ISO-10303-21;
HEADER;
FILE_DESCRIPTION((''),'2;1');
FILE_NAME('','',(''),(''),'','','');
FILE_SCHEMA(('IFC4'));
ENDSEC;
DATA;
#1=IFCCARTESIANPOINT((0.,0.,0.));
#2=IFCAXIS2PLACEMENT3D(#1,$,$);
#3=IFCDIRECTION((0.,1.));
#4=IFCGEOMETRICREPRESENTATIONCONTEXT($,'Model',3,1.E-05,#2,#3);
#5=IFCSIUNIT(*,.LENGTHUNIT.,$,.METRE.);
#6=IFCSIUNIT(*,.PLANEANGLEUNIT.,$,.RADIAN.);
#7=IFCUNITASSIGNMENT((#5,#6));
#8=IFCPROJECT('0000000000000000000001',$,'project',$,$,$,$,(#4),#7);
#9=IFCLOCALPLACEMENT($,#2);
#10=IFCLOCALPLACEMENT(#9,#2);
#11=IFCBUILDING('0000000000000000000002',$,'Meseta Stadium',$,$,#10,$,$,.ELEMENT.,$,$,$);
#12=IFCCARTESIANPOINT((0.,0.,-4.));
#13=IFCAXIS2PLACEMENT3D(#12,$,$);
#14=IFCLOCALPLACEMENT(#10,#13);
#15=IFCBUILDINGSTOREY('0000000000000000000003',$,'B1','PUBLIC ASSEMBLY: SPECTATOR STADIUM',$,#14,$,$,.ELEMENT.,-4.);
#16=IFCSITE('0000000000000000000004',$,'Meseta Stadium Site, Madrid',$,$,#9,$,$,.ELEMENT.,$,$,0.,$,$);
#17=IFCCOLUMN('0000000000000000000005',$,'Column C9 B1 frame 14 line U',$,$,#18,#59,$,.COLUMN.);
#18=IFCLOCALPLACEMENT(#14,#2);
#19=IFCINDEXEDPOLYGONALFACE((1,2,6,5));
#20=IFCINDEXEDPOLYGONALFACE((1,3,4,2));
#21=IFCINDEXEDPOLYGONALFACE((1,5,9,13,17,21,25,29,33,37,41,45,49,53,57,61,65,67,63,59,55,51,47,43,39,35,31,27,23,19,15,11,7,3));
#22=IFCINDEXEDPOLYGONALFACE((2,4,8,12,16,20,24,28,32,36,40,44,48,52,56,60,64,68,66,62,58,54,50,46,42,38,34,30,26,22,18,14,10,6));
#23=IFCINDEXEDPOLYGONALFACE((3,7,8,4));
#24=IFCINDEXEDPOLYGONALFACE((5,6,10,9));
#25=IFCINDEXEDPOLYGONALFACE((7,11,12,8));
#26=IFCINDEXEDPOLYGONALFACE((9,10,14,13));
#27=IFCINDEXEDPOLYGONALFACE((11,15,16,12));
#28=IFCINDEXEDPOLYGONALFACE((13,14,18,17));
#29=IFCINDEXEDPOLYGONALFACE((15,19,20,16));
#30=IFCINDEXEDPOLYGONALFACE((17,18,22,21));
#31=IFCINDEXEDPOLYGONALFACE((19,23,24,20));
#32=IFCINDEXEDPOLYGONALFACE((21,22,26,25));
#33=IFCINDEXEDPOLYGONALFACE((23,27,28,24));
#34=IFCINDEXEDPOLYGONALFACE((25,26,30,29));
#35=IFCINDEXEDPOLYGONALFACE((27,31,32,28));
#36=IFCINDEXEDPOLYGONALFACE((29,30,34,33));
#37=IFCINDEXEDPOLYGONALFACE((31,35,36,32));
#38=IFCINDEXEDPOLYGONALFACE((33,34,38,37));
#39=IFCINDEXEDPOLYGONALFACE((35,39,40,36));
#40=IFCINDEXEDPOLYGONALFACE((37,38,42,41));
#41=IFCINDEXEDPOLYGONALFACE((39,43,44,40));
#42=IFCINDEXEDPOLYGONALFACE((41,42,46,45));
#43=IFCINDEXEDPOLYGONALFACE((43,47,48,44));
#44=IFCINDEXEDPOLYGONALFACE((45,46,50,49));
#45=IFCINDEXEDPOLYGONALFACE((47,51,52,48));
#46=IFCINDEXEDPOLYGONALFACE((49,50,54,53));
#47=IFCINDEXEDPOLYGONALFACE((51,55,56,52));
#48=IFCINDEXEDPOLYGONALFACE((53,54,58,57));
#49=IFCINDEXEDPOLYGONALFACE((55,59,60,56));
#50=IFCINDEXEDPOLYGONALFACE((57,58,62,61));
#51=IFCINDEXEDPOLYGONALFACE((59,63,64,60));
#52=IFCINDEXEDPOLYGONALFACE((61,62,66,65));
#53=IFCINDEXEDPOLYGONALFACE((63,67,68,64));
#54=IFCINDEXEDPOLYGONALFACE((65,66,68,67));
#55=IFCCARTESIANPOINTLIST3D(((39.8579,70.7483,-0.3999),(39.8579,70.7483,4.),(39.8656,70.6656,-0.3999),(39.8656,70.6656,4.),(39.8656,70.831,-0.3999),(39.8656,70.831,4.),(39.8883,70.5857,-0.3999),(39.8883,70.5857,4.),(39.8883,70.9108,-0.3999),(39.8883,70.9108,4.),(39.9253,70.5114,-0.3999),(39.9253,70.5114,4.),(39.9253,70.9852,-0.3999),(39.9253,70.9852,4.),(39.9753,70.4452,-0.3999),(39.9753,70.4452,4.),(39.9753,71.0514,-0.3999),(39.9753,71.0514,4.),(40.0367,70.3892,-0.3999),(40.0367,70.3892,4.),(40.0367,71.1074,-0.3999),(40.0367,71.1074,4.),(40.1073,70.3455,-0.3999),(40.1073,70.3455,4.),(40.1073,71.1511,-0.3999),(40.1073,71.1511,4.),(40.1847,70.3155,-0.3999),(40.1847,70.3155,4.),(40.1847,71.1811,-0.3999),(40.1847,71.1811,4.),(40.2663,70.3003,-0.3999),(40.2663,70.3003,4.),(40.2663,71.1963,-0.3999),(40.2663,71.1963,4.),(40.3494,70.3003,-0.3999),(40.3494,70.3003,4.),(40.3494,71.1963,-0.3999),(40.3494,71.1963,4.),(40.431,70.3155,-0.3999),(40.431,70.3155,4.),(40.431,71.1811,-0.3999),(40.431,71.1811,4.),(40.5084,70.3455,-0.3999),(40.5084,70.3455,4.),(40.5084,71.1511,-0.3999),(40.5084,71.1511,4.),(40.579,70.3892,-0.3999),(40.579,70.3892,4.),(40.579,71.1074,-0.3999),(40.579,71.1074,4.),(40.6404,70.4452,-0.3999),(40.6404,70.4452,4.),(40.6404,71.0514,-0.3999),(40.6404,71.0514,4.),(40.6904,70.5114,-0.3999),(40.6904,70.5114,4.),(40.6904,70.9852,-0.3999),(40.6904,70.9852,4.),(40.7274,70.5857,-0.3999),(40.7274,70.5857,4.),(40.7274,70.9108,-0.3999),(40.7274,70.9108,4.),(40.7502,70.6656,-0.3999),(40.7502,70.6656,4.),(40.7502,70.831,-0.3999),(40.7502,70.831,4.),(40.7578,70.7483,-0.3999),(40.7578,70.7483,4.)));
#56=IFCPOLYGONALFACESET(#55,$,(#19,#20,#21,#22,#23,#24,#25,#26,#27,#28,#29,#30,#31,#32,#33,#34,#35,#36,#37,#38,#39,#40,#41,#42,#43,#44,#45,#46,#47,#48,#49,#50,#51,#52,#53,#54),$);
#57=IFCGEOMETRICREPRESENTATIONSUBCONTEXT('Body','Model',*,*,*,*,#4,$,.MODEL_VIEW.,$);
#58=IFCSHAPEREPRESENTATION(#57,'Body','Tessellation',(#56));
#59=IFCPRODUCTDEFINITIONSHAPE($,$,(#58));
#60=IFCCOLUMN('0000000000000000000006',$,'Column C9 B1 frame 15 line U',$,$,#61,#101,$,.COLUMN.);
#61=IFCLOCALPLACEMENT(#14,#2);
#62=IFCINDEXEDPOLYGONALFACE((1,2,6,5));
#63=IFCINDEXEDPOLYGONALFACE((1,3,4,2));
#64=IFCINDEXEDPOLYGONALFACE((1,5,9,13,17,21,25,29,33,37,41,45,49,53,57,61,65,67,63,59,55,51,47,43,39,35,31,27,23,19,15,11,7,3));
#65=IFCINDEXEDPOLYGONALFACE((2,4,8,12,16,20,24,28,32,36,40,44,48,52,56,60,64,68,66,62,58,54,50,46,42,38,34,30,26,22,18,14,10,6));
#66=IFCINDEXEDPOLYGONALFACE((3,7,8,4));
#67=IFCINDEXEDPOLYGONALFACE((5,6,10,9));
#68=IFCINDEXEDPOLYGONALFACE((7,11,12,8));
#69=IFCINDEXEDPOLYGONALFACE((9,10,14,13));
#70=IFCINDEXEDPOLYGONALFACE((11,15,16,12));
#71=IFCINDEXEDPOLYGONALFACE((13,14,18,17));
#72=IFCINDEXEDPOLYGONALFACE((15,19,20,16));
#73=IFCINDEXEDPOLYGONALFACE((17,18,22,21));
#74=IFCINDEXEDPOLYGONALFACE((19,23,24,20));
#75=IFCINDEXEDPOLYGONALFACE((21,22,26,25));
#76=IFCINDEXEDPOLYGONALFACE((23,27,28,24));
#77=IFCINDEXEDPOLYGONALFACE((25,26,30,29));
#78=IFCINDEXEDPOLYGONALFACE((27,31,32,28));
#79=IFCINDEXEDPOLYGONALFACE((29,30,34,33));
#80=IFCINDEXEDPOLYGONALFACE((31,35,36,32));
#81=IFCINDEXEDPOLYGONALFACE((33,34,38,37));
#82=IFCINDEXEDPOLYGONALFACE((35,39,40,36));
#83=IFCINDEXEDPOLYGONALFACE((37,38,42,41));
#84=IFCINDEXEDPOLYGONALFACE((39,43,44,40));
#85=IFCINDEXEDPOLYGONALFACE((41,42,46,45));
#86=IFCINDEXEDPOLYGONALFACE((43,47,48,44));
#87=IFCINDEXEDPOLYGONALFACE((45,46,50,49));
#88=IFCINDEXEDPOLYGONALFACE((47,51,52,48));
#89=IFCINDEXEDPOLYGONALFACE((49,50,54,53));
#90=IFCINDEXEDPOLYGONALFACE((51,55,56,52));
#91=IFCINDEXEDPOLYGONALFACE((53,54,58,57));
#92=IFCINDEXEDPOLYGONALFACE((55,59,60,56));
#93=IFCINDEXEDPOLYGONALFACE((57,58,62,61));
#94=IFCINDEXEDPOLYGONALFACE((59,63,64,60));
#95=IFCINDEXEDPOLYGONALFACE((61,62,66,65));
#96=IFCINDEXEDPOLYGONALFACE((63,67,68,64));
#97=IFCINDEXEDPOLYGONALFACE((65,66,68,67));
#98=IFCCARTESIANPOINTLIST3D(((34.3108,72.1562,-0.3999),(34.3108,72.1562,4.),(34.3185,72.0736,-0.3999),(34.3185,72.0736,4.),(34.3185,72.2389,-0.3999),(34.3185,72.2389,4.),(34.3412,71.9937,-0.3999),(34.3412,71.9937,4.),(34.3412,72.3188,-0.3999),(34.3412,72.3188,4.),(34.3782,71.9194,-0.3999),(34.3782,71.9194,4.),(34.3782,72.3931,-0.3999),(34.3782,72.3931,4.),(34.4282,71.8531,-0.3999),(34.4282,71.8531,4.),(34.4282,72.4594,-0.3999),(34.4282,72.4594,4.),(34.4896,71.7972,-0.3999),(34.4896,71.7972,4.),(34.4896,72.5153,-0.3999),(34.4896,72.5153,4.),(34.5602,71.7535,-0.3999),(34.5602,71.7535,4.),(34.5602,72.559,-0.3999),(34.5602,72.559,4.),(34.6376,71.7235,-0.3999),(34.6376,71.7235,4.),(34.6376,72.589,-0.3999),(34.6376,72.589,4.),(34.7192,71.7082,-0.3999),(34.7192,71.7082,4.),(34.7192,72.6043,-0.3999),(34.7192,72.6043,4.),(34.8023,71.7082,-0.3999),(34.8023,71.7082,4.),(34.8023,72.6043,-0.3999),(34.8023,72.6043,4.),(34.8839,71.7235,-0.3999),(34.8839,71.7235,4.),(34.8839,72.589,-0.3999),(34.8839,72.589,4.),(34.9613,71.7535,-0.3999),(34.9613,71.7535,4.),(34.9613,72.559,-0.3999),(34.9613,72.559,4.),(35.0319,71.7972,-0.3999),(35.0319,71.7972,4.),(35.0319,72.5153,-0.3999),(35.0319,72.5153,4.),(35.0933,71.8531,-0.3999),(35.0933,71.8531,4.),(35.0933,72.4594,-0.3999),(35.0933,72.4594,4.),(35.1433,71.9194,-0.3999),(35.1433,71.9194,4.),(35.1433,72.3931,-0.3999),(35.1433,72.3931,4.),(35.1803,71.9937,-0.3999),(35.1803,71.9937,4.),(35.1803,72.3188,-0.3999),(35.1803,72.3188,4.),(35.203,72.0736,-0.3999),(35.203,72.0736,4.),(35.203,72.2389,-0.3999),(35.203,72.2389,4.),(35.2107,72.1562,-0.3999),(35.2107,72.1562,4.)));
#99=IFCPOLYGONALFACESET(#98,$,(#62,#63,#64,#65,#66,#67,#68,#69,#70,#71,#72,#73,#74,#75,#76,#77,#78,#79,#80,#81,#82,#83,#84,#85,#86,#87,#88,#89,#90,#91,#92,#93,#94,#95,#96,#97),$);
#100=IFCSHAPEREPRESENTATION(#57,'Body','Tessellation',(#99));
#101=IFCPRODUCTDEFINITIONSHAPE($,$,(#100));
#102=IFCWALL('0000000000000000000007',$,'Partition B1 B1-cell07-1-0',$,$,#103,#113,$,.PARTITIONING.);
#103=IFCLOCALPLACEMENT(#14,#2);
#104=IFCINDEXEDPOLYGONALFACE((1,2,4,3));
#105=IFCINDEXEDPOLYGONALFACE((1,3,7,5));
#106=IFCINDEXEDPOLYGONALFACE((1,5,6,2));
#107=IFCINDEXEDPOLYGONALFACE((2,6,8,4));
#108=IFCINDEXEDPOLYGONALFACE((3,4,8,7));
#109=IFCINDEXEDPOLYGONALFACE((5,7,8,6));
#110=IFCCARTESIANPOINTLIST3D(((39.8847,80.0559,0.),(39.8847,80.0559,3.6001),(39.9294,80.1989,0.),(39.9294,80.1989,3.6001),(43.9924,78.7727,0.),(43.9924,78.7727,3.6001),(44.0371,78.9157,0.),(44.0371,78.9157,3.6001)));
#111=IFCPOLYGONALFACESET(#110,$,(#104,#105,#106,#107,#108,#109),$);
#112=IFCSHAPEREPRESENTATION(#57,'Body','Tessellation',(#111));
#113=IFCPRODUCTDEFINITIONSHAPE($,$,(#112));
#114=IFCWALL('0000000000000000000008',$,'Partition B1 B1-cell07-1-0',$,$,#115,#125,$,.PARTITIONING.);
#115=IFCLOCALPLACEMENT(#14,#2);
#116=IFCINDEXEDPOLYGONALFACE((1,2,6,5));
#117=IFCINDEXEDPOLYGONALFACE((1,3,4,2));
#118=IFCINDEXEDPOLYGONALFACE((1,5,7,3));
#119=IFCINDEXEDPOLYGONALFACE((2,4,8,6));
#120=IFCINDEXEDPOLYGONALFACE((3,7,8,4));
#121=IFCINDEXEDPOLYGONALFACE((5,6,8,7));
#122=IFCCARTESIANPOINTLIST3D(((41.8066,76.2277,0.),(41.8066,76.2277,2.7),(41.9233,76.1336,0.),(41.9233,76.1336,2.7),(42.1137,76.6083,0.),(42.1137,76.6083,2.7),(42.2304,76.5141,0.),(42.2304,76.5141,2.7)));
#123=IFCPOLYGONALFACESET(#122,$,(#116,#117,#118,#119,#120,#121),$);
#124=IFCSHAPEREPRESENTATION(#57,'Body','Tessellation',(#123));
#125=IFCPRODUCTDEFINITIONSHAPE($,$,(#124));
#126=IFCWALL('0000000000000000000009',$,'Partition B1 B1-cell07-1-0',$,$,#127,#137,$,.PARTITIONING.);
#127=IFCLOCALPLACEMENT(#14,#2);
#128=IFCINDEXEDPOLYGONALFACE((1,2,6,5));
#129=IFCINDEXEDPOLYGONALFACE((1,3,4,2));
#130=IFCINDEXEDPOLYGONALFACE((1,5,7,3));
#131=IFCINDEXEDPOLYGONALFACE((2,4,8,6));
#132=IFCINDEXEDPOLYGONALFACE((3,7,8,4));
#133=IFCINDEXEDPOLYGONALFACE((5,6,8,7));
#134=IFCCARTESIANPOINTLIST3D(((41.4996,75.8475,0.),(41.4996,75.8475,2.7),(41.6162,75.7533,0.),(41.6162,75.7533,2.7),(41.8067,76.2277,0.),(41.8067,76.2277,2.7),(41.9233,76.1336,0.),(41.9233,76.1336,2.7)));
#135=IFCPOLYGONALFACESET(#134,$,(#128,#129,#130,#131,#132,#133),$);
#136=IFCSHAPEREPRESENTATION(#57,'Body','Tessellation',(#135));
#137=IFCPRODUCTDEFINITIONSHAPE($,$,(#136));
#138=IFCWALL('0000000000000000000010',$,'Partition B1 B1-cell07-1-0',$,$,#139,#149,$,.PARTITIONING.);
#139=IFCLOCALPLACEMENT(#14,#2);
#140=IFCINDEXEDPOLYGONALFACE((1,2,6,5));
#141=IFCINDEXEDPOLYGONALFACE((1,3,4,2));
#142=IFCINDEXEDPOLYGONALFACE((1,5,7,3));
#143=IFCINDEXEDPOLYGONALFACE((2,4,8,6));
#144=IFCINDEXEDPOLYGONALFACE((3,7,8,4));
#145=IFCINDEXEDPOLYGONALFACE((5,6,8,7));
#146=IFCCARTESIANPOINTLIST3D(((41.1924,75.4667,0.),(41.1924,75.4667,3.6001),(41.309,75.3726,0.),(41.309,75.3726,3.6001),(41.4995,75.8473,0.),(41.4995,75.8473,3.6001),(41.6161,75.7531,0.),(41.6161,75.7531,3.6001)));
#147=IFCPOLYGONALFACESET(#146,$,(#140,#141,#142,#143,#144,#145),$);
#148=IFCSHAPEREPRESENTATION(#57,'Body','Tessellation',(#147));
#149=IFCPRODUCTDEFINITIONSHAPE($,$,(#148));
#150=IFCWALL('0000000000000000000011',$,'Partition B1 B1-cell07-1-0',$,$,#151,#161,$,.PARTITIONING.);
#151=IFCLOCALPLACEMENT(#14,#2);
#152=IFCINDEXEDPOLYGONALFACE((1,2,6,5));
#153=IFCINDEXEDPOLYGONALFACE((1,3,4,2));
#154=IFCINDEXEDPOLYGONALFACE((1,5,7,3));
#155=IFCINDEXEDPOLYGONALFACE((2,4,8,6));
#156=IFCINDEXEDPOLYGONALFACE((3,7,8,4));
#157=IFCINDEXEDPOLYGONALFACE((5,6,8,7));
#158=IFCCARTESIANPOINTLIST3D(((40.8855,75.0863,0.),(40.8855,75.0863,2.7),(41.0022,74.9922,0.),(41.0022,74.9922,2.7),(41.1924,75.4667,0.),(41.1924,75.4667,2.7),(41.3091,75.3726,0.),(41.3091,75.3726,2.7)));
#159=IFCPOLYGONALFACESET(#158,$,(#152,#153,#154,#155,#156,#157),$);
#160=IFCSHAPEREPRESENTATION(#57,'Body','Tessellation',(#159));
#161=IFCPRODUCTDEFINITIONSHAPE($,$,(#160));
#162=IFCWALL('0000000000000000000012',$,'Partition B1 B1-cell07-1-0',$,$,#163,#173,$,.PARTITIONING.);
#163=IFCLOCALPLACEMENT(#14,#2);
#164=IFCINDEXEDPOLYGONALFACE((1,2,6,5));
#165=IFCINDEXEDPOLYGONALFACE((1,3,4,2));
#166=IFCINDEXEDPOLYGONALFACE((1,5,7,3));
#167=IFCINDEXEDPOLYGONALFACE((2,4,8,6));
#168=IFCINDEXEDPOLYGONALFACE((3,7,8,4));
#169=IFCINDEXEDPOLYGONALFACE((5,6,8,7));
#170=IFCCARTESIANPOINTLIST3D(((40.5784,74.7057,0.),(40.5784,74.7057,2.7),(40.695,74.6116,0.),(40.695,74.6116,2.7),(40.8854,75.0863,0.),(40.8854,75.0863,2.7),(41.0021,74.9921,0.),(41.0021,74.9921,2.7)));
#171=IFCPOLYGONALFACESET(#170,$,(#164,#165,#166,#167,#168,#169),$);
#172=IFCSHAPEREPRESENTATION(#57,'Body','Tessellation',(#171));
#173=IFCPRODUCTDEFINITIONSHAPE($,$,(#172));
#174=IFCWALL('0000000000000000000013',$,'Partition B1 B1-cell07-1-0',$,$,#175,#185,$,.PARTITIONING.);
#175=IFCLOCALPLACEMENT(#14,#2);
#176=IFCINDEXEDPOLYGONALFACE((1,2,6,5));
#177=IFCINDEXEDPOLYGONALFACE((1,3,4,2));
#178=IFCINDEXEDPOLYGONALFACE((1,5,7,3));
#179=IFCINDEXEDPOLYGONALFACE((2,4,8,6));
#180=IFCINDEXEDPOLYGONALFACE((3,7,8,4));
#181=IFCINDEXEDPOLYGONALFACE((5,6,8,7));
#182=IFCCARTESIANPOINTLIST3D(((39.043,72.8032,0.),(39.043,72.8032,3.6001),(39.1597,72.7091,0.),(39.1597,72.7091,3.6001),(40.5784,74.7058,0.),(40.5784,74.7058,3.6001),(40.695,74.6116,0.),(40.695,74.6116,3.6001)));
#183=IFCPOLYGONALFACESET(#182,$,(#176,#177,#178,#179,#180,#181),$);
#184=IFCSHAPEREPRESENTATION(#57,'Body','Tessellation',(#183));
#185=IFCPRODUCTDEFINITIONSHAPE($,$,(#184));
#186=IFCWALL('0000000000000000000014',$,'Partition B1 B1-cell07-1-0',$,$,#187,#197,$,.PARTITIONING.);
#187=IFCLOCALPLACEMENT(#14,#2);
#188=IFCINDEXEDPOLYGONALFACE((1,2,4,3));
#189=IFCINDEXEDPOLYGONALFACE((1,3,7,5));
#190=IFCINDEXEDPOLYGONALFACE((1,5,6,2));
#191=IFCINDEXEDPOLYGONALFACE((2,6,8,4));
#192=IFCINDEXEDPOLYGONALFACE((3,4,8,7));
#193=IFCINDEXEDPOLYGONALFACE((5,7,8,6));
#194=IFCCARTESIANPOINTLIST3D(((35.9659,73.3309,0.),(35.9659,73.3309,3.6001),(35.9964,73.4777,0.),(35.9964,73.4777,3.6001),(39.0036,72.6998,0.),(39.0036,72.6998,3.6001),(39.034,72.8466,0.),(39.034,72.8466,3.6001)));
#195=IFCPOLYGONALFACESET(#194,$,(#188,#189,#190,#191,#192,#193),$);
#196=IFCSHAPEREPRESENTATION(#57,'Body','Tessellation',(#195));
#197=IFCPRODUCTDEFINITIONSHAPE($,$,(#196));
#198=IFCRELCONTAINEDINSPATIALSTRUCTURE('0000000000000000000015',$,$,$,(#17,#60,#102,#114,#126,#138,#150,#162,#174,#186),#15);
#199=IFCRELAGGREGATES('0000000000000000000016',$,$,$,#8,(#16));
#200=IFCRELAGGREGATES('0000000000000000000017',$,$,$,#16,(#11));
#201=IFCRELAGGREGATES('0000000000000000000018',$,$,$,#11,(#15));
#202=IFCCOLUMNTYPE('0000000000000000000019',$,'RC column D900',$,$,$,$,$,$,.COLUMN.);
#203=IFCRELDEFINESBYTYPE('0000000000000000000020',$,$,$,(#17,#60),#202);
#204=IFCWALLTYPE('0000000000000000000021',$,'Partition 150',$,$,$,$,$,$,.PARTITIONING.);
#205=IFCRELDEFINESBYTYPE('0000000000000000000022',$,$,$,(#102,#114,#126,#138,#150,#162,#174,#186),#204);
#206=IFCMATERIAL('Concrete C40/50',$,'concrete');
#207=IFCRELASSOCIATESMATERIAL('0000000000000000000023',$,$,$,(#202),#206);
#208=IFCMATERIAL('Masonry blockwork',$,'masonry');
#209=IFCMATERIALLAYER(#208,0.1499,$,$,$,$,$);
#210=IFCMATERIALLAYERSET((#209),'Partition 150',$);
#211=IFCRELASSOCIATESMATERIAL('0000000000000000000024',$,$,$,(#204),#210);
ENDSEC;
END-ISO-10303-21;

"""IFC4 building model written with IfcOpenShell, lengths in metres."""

from ifc_helpers import new_model, si_unit, direction, frame, frame_2d, origin, origin_2d, place, context, subcontext, project, spatial, rectangle, circle, extrude, material, layer, layer_set, material_profile, profile_set, type_object, element, save


model = new_model("IFC4")

# Units and contexts
model_context = context("Model", 3, precision=1e-05, world=origin(), true_north=direction((0.0, 1.0)))
body_context = subcontext(model_context, "Body", "Model", "MODEL_VIEW")
ifc_project = project(units=[si_unit("LENGTHUNIT", "METRE"), si_unit("PLANEANGLEUNIT", "RADIAN")], contexts=[model_context])

# Site, building, storey
site_placement = place(None, origin())
site = spatial("IfcSite", under=ifc_project, at=site_placement, Name="Meseta Stadium Site, Madrid", CompositionType="ELEMENT", RefElevation=0.0)
building_placement = place(site_placement, origin())
building = spatial("IfcBuilding", under=site, at=building_placement, Name="Meseta Stadium", CompositionType="ELEMENT")
storey_placement = place(building_placement, frame((0.0, 0.0, -4.0)))
storey = spatial("IfcBuildingStorey", under=building, at=storey_placement, Name="B1", Description="PUBLIC ASSEMBLY: SPECTATOR STADIUM", CompositionType="ELEMENT", Elevation=-4.0)

# Columns
ifc_material_1 = material(Name="Concrete C40/50", Category="concrete")
ifc_material_profile_1 = material_profile(ifc_material_1, circle(Radius=0.45, at=origin_2d()), Name="RC D900")
ifc_profile_set_1 = profile_set([ifc_material_profile_1], Name="Concrete C40/50")
column_type_1 = type_object("IfcColumnType", Name="RC column D900", PredefinedType="COLUMN", material=ifc_profile_set_1)
for number, where, z_axis, x_axis, name in (
    (1, (40.3079, 70.7483, -0.3999), (0.0, 0.0, 1.0), (1.0, 0.0, 0.0), "Column C9 B1 frame 14 line U"),
    (2, (34.7607, 72.1562, -0.3999), (0.0, 0.0, 1.0), (1.0, 0.0, 0.0), "Column C9 B1 frame 15 line U"),
):
    element("IfcColumn", number, at=place(storey_placement, frame(where, z_axis=z_axis, x_axis=x_axis)), inside=storey, type_object=column_type_1, Name=name, PredefinedType="COLUMN", context=body_context, shape_type="SweptSolid", body=[
        extrude(circle(Radius=0.45, at=origin_2d()), origin(), (0.0, 0.0, 1.0), 4.3999),
    ])

# Walls
ifc_material_2 = material(Name="Masonry blockwork", Category="masonry")
ifc_layer = layer(ifc_material_2, 0.1499)
ifc_layer_set = layer_set([ifc_layer], Name="Partition 150")
wall_type = type_object("IfcWallType", Name="Partition 150", PredefinedType="PARTITIONING", material=ifc_layer_set)
wall_1_placement = place(storey_placement, frame((39.907, 80.1274, 0.0), z_axis=(0.0, 0.0, 1.0), x_axis=(0.954509, -0.298181, 0.0)))
element("IfcWall", 3, at=wall_1_placement, inside=storey, type_object=wall_type, Name="Partition B1 B1-cell07-1-0", PredefinedType="PARTITIONING", context=body_context, shape_type="SweptSolid", body=[
    extrude(rectangle(XDim=4.3035, YDim=0.1499, at=frame_2d((2.1519, 0.0))), origin(), (0.0, 0.0, 1.0), 3.6001),
])
wall_2_placement = place(storey_placement, frame((42.1721, 76.5613, 0.0), z_axis=(0.0, 0.0, 1.0), x_axis=(-0.627977, -0.778232, 0.0)))
element("IfcWall", 4, at=wall_2_placement, inside=storey, type_object=wall_type, Name="Partition B1 B1-cell07-1-0", PredefinedType="PARTITIONING", context=body_context, shape_type="SweptSolid", body=[
    extrude(rectangle(XDim=0.489, YDim=0.1499, at=frame_2d((0.2446, 0.0))), origin(), (0.0, 0.0, 1.0), 2.7),
])
wall_3_placement = place(storey_placement, frame((41.865, 76.1807, 0.0), z_axis=(0.0, 0.0, 1.0), x_axis=(-0.628221, -0.778035, 0.0)))
element("IfcWall", 5, at=wall_3_placement, inside=storey, type_object=wall_type, Name="Partition B1 B1-cell07-1-0", PredefinedType="PARTITIONING", context=body_context, shape_type="SweptSolid", body=[
    extrude(rectangle(XDim=0.4888, YDim=0.1499, at=frame_2d((0.2444, 0.0))), origin(), (0.0, 0.0, 1.0), 2.7),
])
wall_4_placement = place(storey_placement, frame((41.5579, 75.8003, 0.0), z_axis=(0.0, 0.0, 1.0), x_axis=(-0.627977, -0.778232, 0.0)))
element("IfcWall", 6, at=wall_4_placement, inside=storey, type_object=wall_type, Name="Partition B1 B1-cell07-1-0", PredefinedType="PARTITIONING", context=body_context, shape_type="SweptSolid", body=[
    extrude(rectangle(XDim=0.489, YDim=0.1499, at=frame_2d((0.2446, 0.0))), origin(), (0.0, 0.0, 1.0), 3.6001),
])
wall_5_placement = place(storey_placement, frame((41.2507, 75.4197, 0.0), z_axis=(0.0, 0.0, 1.0), x_axis=(-0.627918, -0.778279, 0.0)))
element("IfcWall", 7, at=wall_5_placement, inside=storey, type_object=wall_type, Name="Partition B1 B1-cell07-1-0", PredefinedType="PARTITIONING", context=body_context, shape_type="SweptSolid", body=[
    extrude(rectangle(XDim=0.4888, YDim=0.1499, at=frame_2d((0.2444, 0.0))), origin(), (0.0, 0.0, 1.0), 2.7),
])
wall_6_placement = place(storey_placement, frame((40.9438, 75.0393, 0.0), z_axis=(0.0, 0.0, 1.0), x_axis=(-0.627977, -0.778232, 0.0)))
element("IfcWall", 8, at=wall_6_placement, inside=storey, type_object=wall_type, Name="Partition B1 B1-cell07-1-0", PredefinedType="PARTITIONING", context=body_context, shape_type="SweptSolid", body=[
    extrude(rectangle(XDim=0.489, YDim=0.1499, at=frame_2d((0.2446, 0.0))), origin(), (0.0, 0.0, 1.0), 2.7),
])
wall_7_placement = place(storey_placement, frame((40.6367, 74.6587, 0.0), z_axis=(0.0, 0.0, 1.0), x_axis=(-0.628014, -0.778202, 0.0)))
element("IfcWall", 9, at=wall_7_placement, inside=storey, type_object=wall_type, Name="Partition B1 B1-cell07-1-0", PredefinedType="PARTITIONING", context=body_context, shape_type="SweptSolid", body=[
    extrude(rectangle(XDim=2.4448, YDim=0.1499, at=frame_2d((1.2224, 0.0))), origin(), (0.0, 0.0, 1.0), 3.6001),
])
wall_8_placement = place(storey_placement, frame((39.0188, 72.7732, 0.0), z_axis=(0.0, 0.0, 1.0), x_axis=(-0.979092, 0.20342, 0.0)))
element("IfcWall", 10, at=wall_8_placement, inside=storey, type_object=wall_type, Name="Partition B1 B1-cell07-1-0", PredefinedType="PARTITIONING", context=body_context, shape_type="SweptSolid", body=[
    extrude(rectangle(XDim=3.1025, YDim=0.1499, at=frame_2d((1.5513, 0.0))), origin(), (0.0, 0.0, 1.0), 3.6001),
])

save(model, "model.ifc")
